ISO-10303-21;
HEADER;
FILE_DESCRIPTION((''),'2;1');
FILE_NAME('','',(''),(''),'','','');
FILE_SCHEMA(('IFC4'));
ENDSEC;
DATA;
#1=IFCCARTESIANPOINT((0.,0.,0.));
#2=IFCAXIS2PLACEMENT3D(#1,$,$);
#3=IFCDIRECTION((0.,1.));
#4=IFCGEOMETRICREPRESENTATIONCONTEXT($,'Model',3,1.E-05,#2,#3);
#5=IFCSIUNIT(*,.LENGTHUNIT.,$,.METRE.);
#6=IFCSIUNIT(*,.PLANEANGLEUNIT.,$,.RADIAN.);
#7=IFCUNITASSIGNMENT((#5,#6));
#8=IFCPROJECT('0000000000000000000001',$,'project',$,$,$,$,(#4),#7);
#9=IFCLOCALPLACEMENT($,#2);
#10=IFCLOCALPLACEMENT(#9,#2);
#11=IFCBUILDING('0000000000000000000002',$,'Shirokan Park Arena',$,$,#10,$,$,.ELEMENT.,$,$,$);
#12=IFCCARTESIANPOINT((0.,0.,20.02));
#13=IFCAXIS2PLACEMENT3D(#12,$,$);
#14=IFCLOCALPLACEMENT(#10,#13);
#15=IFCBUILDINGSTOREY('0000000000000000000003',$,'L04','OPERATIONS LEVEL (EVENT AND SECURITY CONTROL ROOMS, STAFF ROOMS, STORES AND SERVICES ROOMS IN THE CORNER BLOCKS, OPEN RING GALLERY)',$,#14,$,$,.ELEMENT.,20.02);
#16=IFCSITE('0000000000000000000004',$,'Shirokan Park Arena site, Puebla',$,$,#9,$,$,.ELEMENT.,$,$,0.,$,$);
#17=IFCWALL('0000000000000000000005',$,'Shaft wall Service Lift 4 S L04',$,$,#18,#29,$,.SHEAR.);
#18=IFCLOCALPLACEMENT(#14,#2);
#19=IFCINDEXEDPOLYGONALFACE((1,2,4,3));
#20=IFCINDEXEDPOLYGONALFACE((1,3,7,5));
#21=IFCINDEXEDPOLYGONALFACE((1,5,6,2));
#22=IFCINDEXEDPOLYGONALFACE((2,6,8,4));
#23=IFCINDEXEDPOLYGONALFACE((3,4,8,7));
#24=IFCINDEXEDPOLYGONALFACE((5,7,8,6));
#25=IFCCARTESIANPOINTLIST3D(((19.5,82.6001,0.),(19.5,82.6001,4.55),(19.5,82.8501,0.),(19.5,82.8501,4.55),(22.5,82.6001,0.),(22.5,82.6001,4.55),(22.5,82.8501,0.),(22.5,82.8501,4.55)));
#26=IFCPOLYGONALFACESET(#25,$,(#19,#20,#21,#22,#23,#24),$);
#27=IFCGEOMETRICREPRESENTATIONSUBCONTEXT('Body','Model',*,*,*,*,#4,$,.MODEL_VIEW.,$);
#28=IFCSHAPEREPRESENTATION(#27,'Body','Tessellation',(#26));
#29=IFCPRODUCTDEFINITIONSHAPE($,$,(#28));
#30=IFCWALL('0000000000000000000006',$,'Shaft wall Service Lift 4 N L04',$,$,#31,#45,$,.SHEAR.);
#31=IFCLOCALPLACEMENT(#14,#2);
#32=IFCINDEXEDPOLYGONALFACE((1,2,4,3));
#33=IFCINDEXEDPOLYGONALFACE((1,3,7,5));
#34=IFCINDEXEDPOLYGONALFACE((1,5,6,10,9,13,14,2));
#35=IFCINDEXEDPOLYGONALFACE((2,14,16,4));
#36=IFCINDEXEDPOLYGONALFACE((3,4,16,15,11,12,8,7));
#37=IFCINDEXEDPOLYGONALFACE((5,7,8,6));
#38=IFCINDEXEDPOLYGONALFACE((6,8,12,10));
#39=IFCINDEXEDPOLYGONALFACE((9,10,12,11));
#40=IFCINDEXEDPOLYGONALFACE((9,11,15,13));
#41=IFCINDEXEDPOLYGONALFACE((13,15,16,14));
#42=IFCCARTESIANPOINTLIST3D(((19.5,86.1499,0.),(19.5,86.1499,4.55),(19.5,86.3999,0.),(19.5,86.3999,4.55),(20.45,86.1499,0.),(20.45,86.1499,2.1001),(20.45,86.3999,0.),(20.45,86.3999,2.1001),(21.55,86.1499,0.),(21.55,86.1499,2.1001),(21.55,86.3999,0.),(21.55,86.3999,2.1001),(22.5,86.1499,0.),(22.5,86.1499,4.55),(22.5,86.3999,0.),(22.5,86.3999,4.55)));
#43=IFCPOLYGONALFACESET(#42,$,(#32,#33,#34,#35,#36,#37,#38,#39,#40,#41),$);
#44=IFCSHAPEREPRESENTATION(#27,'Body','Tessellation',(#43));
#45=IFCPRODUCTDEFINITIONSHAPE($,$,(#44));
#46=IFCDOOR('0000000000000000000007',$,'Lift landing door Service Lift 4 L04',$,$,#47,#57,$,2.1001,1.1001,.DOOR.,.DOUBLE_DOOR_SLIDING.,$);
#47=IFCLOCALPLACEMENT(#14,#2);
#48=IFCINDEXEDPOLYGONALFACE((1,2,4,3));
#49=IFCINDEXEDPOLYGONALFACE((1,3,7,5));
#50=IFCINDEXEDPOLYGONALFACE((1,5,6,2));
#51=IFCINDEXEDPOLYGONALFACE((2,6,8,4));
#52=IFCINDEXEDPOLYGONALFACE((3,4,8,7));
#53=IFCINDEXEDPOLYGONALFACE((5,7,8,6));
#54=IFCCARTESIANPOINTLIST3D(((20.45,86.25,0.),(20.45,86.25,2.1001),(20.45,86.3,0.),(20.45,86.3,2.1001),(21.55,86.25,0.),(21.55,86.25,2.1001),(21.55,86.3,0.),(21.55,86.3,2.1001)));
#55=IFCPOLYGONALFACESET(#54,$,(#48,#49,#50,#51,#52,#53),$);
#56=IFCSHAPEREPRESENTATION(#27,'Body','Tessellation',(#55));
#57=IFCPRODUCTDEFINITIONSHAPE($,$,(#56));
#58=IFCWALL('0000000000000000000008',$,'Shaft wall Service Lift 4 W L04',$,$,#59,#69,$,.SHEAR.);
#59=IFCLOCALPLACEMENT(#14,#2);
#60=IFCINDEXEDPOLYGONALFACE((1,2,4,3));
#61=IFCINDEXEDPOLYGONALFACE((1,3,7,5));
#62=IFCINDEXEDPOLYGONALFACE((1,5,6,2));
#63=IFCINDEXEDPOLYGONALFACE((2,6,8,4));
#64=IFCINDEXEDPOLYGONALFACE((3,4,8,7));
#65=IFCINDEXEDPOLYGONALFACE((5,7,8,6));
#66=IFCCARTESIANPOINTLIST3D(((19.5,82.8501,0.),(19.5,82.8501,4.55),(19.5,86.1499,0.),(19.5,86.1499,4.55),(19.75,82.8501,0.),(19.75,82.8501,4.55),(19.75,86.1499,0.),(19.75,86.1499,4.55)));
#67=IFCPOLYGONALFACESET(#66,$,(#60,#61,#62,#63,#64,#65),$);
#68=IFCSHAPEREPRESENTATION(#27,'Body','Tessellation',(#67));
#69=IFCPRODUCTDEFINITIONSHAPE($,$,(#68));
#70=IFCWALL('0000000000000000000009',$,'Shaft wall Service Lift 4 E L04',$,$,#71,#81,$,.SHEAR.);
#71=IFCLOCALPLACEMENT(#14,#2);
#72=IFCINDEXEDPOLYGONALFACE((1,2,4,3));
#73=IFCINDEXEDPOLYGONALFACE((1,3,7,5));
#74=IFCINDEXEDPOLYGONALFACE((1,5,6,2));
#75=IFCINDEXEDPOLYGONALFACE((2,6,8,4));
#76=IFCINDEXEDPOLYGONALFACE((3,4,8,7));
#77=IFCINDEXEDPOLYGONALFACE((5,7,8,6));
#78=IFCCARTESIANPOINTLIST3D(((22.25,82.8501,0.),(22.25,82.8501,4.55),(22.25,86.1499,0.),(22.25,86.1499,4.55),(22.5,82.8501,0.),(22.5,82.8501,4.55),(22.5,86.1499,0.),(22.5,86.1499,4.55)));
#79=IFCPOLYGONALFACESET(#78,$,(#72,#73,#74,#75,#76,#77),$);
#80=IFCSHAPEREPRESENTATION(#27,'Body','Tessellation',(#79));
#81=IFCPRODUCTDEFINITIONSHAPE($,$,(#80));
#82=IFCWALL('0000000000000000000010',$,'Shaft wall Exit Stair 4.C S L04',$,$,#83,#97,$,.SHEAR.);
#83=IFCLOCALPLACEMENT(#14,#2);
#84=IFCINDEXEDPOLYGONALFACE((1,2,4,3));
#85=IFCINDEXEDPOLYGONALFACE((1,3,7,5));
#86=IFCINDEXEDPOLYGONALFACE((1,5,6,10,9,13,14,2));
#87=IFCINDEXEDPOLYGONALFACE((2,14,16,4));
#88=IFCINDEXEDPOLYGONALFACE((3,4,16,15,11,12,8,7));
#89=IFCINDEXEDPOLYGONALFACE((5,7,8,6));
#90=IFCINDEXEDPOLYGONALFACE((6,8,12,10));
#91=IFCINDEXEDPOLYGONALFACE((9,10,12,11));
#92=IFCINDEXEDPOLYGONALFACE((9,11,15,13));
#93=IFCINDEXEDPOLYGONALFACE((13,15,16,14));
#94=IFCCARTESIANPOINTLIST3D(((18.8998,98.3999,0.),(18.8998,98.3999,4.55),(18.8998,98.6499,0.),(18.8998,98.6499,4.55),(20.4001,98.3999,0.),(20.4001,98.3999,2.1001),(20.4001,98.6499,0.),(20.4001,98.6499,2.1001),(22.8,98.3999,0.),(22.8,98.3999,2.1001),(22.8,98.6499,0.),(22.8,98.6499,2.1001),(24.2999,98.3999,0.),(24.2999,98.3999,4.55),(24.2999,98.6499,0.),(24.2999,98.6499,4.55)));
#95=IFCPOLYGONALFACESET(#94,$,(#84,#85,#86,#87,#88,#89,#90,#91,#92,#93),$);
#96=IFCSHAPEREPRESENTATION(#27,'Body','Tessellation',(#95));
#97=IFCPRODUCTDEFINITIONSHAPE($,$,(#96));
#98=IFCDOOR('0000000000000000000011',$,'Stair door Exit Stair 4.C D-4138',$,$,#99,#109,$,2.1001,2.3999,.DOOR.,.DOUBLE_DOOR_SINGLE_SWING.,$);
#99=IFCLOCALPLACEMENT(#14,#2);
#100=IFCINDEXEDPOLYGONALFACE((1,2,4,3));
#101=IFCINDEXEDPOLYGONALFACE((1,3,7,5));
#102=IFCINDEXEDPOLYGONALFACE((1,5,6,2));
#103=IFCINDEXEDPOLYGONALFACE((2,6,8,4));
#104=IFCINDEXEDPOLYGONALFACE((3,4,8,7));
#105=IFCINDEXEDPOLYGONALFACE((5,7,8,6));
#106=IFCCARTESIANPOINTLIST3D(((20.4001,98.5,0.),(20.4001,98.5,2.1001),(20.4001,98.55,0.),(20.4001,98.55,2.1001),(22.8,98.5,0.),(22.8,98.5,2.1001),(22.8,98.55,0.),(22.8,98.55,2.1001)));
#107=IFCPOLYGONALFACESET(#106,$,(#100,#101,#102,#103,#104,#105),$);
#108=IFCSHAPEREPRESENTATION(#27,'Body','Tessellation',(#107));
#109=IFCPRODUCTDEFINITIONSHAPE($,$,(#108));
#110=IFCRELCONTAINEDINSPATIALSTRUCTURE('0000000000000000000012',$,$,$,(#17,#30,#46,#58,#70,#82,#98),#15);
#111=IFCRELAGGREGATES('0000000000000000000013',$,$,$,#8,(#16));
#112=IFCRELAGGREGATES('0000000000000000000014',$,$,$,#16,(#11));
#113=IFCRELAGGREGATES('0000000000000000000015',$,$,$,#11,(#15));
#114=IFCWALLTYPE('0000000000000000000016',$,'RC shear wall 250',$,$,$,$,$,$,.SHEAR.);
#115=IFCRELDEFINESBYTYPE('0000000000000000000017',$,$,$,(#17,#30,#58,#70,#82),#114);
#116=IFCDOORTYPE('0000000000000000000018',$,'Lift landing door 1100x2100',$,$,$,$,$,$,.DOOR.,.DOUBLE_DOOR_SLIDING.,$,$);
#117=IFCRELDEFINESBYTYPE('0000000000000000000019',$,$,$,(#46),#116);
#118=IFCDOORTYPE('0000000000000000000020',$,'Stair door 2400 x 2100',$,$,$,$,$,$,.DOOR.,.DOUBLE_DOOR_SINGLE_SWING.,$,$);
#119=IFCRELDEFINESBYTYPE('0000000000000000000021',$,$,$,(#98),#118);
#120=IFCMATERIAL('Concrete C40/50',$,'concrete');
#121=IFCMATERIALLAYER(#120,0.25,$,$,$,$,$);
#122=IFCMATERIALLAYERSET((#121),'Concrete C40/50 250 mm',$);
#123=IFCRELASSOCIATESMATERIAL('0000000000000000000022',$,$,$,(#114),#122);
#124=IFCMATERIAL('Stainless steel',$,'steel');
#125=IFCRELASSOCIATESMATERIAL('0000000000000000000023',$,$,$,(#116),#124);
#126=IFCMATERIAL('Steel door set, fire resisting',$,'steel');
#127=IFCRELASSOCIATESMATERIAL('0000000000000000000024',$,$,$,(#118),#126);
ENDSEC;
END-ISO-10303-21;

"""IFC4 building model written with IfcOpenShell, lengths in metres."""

from ifc_helpers import new_model, si_unit, direction, frame, frame_2d, origin, place, context, subcontext, project, spatial, rectangle, extrude, material, layer, layer_set, type_object, element, fill, save


model = new_model("IFC4")

# Units and contexts
model_context = context("Model", 3, precision=1e-05, world=origin(), true_north=direction((0.0, 1.0)))
body_context = subcontext(model_context, "Body", "Model", "MODEL_VIEW")
ifc_project = project(units=[si_unit("LENGTHUNIT", "METRE"), si_unit("PLANEANGLEUNIT", "RADIAN")], contexts=[model_context])

# Site, building, storey
site_placement = place(None, origin())
site = spatial("IfcSite", under=ifc_project, at=site_placement, Name="Shirokan Park Arena site, Puebla", CompositionType="ELEMENT", RefElevation=0.0)
building_placement = place(site_placement, origin())
building = spatial("IfcBuilding", under=site, at=building_placement, Name="Shirokan Park Arena", CompositionType="ELEMENT")
storey_placement = place(building_placement, frame((0.0, 0.0, 20.02)))
storey = spatial("IfcBuildingStorey", under=building, at=storey_placement, Name="L04", Description="OPERATIONS LEVEL (EVENT AND SECURITY CONTROL ROOMS, STAFF ROOMS, STORES AND SERVICES ROOMS IN THE CORNER BLOCKS, OPEN RING GALLERY)", CompositionType="ELEMENT", Elevation=20.02)

# Wall
ifc_material_1 = material(Name="Concrete C40/50", Category="concrete")
ifc_layer_1 = layer(ifc_material_1, 0.25)
ifc_layer_set_1 = layer_set([ifc_layer_1], Name="Concrete C40/50 250 mm")
wall_type_1 = type_object("IfcWallType", Name="RC shear wall 250", PredefinedType="SHEAR", material=ifc_layer_set_1)
wall_1_placement = place(storey_placement, frame((22.5, 82.7251, 0.0), z_axis=(0.0, 0.0, 1.0), x_axis=(-1.0, 0.0, 0.0)))
element("IfcWall", 1, at=wall_1_placement, inside=storey, type_object=wall_type_1, Name="Shaft wall Service Lift 4 S L04", PredefinedType="SHEAR", context=body_context, shape_type="SweptSolid", body=[
    extrude(rectangle(XDim=3.0, YDim=0.25, at=frame_2d((1.5, 0.0))), origin(), (0.0, 0.0, 1.0), 4.55),
])

# Wall, opening, door
wall_2_placement = place(storey_placement, frame((22.5, 86.2749, 0.0), z_axis=(0.0, 0.0, 1.0), x_axis=(-1.0, 0.0, 0.0)))
wall_2 = element("IfcWall", 2, at=wall_2_placement, inside=storey, type_object=wall_type_1, Name="Shaft wall Service Lift 4 N L04", PredefinedType="SHEAR", context=body_context, shape_type="SweptSolid", body=[
    extrude(rectangle(XDim=3.0, YDim=0.25, at=frame_2d((1.5, 0.0))), origin(), (0.0, 0.0, 1.0), 4.55),
])
opening_1_placement = place(wall_2_placement, frame((0.95, 0.0, 0.0)))
opening_1 = element("IfcOpeningElement", 3, at=opening_1_placement, cuts=wall_2, PredefinedType="OPENING", context=body_context, shape_type="SweptSolid", body=[
    extrude(rectangle(XDim=1.1001, YDim=2.1001, at=frame_2d((0.55, 1.05))), frame((0.0, 0.135, 0.0), z_axis=(0.0, -1.0, 0.0), x_axis=(1.0, 0.0, 0.0)), (0.0, 0.0, 1.0), 0.27),
])
ifc_material_2 = material(Name="Stainless steel", Category="steel")
door_type_1 = type_object("IfcDoorType", Name="Lift landing door 1100x2100", OperationType="DOUBLE_DOOR_SLIDING", PredefinedType="DOOR", material=ifc_material_2)
door_1_placement = place(opening_1_placement, origin())
door_1 = element("IfcDoor", 4, at=door_1_placement, inside=storey, type_object=door_type_1, Name="Lift landing door Service Lift 4 L04", OperationType="DOUBLE_DOOR_SLIDING", OverallHeight=2.1001, OverallWidth=1.1001, PredefinedType="DOOR", context=body_context, shape_type="SweptSolid", body=[
    extrude(rectangle(XDim=1.1001, YDim=2.1001, at=frame_2d((0.55, 1.05))), frame((0.0, 0.0249, 0.0), z_axis=(0.0, -1.0, 0.0), x_axis=(1.0, 0.0, 0.0)), (0.0, 0.0, 1.0), 0.05),
])
fill(opening_1, door_1)

# Walls
for number, where, z_axis, x_axis, name in (
    (5, (19.625, 86.1499, 0.0), (0.0, 0.0, 1.0), (0.0, -1.0, 0.0), "Shaft wall Service Lift 4 W L04"),
    (6, (22.375, 86.1499, 0.0), (0.0, 0.0, 1.0), (0.0, -1.0, 0.0), "Shaft wall Service Lift 4 E L04"),
):
    element("IfcWall", number, at=place(storey_placement, frame(where, z_axis=z_axis, x_axis=x_axis)), inside=storey, type_object=wall_type_1, Name=name, PredefinedType="SHEAR", context=body_context, shape_type="SweptSolid", body=[
        extrude(rectangle(XDim=3.2998, YDim=0.25, at=frame_2d((1.6499, 0.0))), origin(), (0.0, 0.0, 1.0), 4.55),
    ])

# Wall, opening, door
wall_3_placement = place(storey_placement, frame((24.3, 98.5249, 0.0), z_axis=(0.0, 0.0, 1.0), x_axis=(-1.0, 0.0, 0.0)))
wall_3 = element("IfcWall", 7, at=wall_3_placement, inside=storey, type_object=wall_type_1, Name="Shaft wall Exit Stair 4.C S L04", PredefinedType="SHEAR", context=body_context, shape_type="SweptSolid", body=[
    extrude(rectangle(XDim=5.4001, YDim=0.25, at=frame_2d((2.7002, 0.0))), origin(), (0.0, 0.0, 1.0), 4.55),
])
opening_2_placement = place(wall_3_placement, frame((1.5, 0.0, 0.0)))
opening_2 = element("IfcOpeningElement", 8, at=opening_2_placement, cuts=wall_3, PredefinedType="OPENING", context=body_context, shape_type="SweptSolid", body=[
    extrude(rectangle(XDim=2.3999, YDim=2.1001, at=frame_2d((1.2, 1.05))), frame((0.0, 0.135, 0.0), z_axis=(0.0, -1.0, 0.0), x_axis=(1.0, 0.0, 0.0)), (0.0, 0.0, 1.0), 0.27),
])
ifc_material_3 = material(Name="Steel door set, fire resisting", Category="steel")
door_type_2 = type_object("IfcDoorType", Name="Stair door 2400 x 2100", OperationType="DOUBLE_DOOR_SINGLE_SWING", PredefinedType="DOOR", material=ifc_material_3)
door_2_placement = place(opening_2_placement, origin())
door_2 = element("IfcDoor", 9, at=door_2_placement, inside=storey, type_object=door_type_2, Name="Stair door Exit Stair 4.C D-4138", OperationType="DOUBLE_DOOR_SINGLE_SWING", OverallHeight=2.1001, OverallWidth=2.3999, PredefinedType="DOOR", context=body_context, shape_type="SweptSolid", body=[
    extrude(rectangle(XDim=2.3999, YDim=2.1001, at=frame_2d((1.2, 1.05))), frame((0.0, 0.0249, 0.0), z_axis=(0.0, -1.0, 0.0), x_axis=(1.0, 0.0, 0.0)), (0.0, 0.0, 1.0), 0.05),
])
fill(opening_2, door_2)

save(model, "model.ifc")
